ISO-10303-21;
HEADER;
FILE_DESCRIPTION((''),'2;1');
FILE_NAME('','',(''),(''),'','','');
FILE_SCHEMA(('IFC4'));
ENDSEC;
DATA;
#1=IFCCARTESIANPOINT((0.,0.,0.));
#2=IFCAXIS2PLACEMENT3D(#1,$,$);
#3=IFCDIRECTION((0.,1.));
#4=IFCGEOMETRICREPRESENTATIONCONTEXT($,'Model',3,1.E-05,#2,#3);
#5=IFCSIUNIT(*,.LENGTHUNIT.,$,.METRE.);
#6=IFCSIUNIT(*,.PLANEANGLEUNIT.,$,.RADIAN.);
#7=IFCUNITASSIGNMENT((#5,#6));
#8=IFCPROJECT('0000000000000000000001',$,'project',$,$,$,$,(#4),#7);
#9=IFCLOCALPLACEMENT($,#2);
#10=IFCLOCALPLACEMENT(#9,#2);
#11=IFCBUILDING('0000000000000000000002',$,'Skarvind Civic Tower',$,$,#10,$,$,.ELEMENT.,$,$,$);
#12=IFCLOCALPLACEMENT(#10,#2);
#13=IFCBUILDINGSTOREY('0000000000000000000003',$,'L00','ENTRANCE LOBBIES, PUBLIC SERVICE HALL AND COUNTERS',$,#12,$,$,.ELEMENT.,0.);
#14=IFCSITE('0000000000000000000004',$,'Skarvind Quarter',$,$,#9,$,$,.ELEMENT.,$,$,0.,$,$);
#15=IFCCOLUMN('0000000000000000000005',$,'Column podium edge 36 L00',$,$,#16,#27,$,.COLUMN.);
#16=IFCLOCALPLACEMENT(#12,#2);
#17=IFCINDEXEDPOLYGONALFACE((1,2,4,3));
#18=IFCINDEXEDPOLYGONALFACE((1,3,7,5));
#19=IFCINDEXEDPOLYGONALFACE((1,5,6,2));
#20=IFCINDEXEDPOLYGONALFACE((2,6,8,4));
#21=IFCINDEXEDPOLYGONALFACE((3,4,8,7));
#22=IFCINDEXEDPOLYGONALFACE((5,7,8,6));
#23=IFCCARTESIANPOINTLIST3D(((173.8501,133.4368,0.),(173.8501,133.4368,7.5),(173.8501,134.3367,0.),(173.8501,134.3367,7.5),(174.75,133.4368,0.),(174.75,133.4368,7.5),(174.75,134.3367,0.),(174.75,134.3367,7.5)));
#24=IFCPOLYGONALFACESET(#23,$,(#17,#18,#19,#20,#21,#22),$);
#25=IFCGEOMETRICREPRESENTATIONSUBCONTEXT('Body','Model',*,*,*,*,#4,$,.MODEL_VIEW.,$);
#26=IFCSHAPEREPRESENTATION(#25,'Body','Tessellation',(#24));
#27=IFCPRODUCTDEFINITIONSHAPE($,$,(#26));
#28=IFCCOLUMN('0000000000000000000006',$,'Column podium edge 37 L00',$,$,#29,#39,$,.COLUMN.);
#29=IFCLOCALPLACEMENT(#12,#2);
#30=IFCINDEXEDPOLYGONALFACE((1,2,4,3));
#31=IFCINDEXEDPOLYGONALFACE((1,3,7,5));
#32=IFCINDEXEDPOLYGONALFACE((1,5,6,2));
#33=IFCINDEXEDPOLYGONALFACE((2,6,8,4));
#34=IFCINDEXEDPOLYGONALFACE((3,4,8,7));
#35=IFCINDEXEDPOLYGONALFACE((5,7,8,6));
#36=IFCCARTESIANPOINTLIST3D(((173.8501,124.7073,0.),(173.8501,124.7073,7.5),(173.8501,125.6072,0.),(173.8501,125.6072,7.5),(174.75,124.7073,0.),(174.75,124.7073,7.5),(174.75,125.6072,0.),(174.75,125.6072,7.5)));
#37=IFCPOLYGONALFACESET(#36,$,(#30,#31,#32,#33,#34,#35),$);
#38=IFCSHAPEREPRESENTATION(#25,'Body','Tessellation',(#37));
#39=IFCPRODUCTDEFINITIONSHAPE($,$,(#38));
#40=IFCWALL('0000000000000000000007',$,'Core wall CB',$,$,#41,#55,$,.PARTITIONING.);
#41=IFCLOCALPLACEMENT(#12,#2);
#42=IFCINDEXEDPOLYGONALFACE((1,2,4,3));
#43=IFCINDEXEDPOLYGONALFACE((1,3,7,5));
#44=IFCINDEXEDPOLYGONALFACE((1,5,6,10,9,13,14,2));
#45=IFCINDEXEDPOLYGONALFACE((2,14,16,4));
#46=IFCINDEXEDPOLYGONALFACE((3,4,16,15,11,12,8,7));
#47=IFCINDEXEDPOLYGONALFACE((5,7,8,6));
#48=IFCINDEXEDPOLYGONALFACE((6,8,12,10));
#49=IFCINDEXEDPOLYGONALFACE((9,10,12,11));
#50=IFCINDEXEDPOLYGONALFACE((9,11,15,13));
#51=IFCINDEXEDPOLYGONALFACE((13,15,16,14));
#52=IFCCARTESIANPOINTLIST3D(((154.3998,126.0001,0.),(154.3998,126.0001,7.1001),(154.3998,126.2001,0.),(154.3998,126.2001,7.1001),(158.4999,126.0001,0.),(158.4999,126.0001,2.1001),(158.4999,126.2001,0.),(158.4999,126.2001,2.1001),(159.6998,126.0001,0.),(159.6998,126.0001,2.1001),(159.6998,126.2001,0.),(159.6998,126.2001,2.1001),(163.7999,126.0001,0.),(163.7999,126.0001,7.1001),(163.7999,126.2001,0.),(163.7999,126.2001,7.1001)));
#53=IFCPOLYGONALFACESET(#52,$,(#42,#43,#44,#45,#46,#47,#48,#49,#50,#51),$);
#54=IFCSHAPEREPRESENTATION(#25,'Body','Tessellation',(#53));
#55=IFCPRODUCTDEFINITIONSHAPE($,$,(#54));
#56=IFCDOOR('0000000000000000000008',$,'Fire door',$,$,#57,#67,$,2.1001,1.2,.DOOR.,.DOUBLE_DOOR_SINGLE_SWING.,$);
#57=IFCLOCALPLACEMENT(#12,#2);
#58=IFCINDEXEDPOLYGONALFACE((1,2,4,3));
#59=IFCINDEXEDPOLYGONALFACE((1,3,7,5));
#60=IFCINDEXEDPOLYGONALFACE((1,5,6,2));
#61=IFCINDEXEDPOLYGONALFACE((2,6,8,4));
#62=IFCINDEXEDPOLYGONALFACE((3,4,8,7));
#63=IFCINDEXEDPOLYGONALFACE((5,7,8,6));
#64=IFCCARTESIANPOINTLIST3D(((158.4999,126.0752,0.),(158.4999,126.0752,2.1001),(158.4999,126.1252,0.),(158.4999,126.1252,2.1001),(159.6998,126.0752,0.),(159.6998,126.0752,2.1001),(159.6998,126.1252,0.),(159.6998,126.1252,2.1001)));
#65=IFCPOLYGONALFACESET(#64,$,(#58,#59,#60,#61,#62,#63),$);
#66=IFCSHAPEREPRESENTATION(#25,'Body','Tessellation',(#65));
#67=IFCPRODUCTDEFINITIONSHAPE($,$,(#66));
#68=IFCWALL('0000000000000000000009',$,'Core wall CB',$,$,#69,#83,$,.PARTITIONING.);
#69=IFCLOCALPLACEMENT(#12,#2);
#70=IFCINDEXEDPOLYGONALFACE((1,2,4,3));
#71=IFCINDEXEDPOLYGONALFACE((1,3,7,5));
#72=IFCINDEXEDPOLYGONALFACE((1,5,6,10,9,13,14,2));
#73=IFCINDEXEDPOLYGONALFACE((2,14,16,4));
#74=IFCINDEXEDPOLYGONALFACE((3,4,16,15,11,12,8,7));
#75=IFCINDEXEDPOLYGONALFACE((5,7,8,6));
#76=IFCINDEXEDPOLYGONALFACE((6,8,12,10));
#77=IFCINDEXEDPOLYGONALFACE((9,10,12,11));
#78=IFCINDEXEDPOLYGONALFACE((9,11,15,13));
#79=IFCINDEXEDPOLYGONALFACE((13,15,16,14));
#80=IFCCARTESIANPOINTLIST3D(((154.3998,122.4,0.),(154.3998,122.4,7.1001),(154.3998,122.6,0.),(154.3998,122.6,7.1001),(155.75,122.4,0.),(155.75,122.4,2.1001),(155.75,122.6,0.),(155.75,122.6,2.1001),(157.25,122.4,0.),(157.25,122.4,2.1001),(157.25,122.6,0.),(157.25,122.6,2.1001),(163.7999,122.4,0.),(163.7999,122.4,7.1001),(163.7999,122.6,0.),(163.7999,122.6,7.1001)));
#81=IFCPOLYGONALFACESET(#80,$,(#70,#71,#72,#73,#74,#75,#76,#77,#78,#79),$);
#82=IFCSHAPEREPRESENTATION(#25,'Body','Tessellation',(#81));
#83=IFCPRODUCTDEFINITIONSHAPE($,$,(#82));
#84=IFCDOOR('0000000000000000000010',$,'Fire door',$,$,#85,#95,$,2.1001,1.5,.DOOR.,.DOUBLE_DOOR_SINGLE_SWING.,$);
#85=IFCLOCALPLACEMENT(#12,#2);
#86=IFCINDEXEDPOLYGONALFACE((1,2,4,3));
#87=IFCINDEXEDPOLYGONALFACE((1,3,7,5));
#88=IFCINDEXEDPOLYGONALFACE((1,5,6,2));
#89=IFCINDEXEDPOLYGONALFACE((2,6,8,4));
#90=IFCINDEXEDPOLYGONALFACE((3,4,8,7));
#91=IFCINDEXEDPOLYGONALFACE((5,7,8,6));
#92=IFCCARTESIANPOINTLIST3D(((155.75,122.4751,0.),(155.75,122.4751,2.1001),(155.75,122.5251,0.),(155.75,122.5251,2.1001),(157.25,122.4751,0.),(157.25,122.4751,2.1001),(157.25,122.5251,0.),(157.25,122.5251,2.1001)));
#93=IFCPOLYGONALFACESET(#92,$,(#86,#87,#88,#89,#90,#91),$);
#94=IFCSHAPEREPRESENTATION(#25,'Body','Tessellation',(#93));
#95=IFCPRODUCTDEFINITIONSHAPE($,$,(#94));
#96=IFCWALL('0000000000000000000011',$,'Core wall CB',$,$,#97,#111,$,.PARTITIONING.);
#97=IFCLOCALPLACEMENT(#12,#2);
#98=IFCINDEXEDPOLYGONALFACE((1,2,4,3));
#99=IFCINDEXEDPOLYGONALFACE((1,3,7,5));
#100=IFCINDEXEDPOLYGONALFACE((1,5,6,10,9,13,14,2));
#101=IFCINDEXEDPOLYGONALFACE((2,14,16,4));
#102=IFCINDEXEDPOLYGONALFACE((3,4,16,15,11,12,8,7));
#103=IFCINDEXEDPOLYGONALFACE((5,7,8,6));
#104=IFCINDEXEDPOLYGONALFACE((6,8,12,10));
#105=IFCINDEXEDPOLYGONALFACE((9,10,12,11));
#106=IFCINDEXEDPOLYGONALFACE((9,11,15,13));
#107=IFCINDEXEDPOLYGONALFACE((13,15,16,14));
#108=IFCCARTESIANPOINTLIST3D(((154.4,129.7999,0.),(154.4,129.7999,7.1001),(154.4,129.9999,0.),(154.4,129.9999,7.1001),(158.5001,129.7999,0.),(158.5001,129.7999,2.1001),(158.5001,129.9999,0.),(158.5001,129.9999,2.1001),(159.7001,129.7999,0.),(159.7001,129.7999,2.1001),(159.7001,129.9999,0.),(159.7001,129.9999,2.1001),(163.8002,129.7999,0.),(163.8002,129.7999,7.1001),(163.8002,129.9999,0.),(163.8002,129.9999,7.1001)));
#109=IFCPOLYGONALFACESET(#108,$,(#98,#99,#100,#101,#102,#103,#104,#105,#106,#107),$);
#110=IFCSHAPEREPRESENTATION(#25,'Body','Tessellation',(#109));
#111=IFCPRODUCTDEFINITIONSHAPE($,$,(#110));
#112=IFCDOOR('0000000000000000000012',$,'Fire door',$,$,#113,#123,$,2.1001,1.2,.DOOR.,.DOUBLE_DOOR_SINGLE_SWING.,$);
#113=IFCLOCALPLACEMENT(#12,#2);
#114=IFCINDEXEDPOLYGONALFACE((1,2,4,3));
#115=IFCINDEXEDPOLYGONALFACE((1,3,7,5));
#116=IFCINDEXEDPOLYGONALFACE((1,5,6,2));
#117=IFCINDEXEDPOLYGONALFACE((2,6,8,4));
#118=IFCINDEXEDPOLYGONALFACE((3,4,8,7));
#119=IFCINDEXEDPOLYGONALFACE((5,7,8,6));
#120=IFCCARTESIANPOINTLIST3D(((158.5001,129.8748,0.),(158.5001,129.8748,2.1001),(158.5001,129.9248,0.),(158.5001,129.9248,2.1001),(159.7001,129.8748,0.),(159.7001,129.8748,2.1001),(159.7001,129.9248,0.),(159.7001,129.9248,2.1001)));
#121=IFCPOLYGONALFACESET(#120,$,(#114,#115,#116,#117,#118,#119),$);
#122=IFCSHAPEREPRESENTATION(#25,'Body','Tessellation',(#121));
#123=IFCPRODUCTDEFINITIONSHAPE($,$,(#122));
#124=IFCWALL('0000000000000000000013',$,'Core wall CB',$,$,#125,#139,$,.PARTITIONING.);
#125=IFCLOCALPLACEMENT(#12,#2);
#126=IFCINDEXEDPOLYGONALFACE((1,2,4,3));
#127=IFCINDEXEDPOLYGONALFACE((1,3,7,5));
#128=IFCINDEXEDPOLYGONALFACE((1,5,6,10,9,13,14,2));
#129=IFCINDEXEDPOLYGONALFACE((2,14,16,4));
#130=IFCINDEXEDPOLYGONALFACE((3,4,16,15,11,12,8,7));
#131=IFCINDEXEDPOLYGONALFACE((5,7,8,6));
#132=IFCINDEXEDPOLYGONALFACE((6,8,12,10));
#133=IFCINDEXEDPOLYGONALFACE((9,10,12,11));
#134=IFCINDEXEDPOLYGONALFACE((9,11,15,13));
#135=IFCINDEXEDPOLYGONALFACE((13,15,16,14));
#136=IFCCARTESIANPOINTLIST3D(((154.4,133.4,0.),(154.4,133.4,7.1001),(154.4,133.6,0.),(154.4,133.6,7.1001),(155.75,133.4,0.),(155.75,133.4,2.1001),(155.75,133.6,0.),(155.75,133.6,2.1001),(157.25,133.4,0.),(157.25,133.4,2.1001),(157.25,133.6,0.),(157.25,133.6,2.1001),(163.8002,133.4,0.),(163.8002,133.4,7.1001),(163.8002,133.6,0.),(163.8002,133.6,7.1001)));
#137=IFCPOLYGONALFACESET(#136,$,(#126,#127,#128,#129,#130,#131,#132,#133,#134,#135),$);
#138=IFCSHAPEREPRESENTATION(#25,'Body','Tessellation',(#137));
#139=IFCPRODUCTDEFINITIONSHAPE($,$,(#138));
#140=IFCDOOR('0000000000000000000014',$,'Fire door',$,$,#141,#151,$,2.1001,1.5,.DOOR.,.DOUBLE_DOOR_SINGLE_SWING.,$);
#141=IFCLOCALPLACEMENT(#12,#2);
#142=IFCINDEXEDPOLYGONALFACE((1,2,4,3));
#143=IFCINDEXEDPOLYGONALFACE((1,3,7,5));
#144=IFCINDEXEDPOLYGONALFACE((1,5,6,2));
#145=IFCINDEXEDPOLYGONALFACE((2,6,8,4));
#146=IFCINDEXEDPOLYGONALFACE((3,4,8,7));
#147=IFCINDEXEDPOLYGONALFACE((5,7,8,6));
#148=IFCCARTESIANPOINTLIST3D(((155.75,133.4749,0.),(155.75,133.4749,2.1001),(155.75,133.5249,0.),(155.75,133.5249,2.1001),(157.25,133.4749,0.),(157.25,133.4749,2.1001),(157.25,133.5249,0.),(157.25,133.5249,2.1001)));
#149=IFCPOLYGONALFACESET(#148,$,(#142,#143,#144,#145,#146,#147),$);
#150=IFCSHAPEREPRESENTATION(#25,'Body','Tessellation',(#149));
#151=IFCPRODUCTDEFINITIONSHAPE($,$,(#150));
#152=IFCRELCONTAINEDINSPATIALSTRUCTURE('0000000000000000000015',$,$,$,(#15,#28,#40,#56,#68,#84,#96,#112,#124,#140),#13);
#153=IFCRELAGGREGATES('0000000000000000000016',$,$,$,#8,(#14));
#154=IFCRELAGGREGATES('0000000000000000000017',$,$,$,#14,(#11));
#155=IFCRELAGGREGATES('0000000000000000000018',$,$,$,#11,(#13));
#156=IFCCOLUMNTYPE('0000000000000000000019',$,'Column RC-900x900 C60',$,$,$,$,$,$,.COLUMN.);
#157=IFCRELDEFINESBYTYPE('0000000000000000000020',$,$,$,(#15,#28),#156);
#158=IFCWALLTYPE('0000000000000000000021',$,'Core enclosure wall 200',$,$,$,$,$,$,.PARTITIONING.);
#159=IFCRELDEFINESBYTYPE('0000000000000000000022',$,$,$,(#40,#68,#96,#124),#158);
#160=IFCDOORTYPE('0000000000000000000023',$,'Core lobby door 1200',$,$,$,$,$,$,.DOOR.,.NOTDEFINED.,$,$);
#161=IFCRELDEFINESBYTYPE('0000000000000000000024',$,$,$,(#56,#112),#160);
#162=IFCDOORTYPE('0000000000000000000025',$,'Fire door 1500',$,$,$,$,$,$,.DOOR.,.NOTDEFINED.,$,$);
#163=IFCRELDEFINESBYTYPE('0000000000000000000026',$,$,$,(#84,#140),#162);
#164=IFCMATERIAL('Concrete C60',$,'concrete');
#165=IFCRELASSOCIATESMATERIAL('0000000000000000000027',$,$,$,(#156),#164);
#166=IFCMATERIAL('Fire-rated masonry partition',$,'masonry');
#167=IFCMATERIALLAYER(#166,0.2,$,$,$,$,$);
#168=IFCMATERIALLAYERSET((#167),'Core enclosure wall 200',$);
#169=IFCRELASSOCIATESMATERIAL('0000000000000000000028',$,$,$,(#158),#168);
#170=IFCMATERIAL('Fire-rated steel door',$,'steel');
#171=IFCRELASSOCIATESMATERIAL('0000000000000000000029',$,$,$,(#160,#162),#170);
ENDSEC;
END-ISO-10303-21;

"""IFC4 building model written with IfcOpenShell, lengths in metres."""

from ifc_helpers import new_model, si_unit, direction, frame, frame_2d, origin, origin_2d, place, context, subcontext, project, spatial, rectangle, extrude, material, layer, layer_set, material_profile, profile_set, type_object, element, fill, save


model = new_model("IFC4")

# Units and contexts
model_context = context("Model", 3, precision=1e-05, world=origin(), true_north=direction((0.0, 1.0)))
body_context = subcontext(model_context, "Body", "Model", "MODEL_VIEW")
ifc_project = project(units=[si_unit("LENGTHUNIT", "METRE"), si_unit("PLANEANGLEUNIT", "RADIAN")], contexts=[model_context])

# Site, building, storey
site_placement = place(None, origin())
site = spatial("IfcSite", under=ifc_project, at=site_placement, Name="Skarvind Quarter", CompositionType="ELEMENT", RefElevation=0.0)
building_placement = place(site_placement, origin())
building = spatial("IfcBuilding", under=site, at=building_placement, Name="Skarvind Civic Tower", CompositionType="ELEMENT")
storey_placement = place(building_placement, origin())
storey = spatial("IfcBuildingStorey", under=building, at=storey_placement, Name="L00", Description="ENTRANCE LOBBIES, PUBLIC SERVICE HALL AND COUNTERS", CompositionType="ELEMENT", Elevation=0.0)

# Columns
ifc_material_1 = material(Name="Concrete C60", Category="concrete")
ifc_material_profile = material_profile(ifc_material_1, rectangle(XDim=0.8999, YDim=0.8999, at=origin_2d()), Name="RC-900x900")
ifc_profile_set = profile_set([ifc_material_profile], Name="Concrete C60")
column_type = type_object("IfcColumnType", Name="Column RC-900x900 C60", PredefinedType="COLUMN", material=ifc_profile_set)
for number, where, z_axis, x_axis, name in (
    (1, (174.3, 133.8867, 0.0), (0.0, 0.0, 1.0), (1.0, 0.0, 0.0), "Column podium edge 36 L00"),
    (2, (174.3, 125.1572, 0.0), (0.0, 0.0, 1.0), (1.0, 0.0, 0.0), "Column podium edge 37 L00"),
):
    element("IfcColumn", number, at=place(storey_placement, frame(where, z_axis=z_axis, x_axis=x_axis)), inside=storey, type_object=column_type, Name=name, PredefinedType="COLUMN", context=body_context, shape_type="SweptSolid", body=[
        extrude(rectangle(XDim=0.8999, YDim=0.8999, at=origin_2d()), origin(), (0.0, 0.0, 1.0), 7.5),
    ])

# Walls, openings, doors
ifc_material_2 = material(Name="Fire-rated masonry partition", Category="masonry")
ifc_layer_1 = layer(ifc_material_2, 0.2)
ifc_layer_set_1 = layer_set([ifc_layer_1], Name="Core enclosure wall 200")
wall_type_1 = type_object("IfcWallType", Name="Core enclosure wall 200", PredefinedType="PARTITIONING", material=ifc_layer_set_1)
wall_1_placement = place(storey_placement, frame((163.8, 126.1001, 0.0), z_axis=(0.0, 0.0, 1.0), x_axis=(-1.0, 0.0, 0.0)))
wall_1 = element("IfcWall", 3, at=wall_1_placement, inside=storey, type_object=wall_type_1, Name="Core wall CB", PredefinedType="PARTITIONING", context=body_context, shape_type="SweptSolid", body=[
    extrude(rectangle(XDim=9.4001, YDim=0.2, at=frame_2d((4.7002, 0.0))), origin(), (0.0, 0.0, 1.0), 7.1001),
])
opening_1_placement = place(wall_1_placement, frame((4.1001, 0.0, 0.0)))
opening_1 = element("IfcOpeningElement", 4, at=opening_1_placement, cuts=wall_1, PredefinedType="OPENING", context=body_context, shape_type="SweptSolid", body=[
    extrude(rectangle(XDim=1.2, YDim=2.1001, at=frame_2d((0.6001, 1.05))), frame((0.0, 0.1099, 0.0), z_axis=(0.0, -1.0, 0.0), x_axis=(1.0, 0.0, 0.0)), (0.0, 0.0, 1.0), 0.22),
])
ifc_material_3 = material(Name="Fire-rated steel door", Category="steel")
door_type_1 = type_object("IfcDoorType", Name="Core lobby door 1200", OperationType="NOTDEFINED", PredefinedType="DOOR", material=ifc_material_3)
door_1_placement = place(opening_1_placement, origin())
door_1 = element("IfcDoor", 5, at=door_1_placement, inside=storey, type_object=door_type_1, Name="Fire door", OperationType="DOUBLE_DOOR_SINGLE_SWING", OverallHeight=2.1001, OverallWidth=1.2, PredefinedType="DOOR", context=body_context, shape_type="SweptSolid", body=[
    extrude(rectangle(XDim=1.2, YDim=2.1001, at=frame_2d((0.6001, 1.05))), frame((0.0, 0.0249, 0.0), z_axis=(0.0, -1.0, 0.0), x_axis=(1.0, 0.0, 0.0)), (0.0, 0.0, 1.0), 0.05),
])
fill(opening_1, door_1)
wall_2_placement = place(storey_placement, frame((163.8, 122.5, 0.0), z_axis=(0.0, 0.0, 1.0), x_axis=(-1.0, 0.0, 0.0)))
wall_2 = element("IfcWall", 6, at=wall_2_placement, inside=storey, type_object=wall_type_1, Name="Core wall CB", PredefinedType="PARTITIONING", context=body_context, shape_type="SweptSolid", body=[
    extrude(rectangle(XDim=9.4001, YDim=0.2, at=frame_2d((4.7002, 0.0))), origin(), (0.0, 0.0, 1.0), 7.1001),
])
opening_2_placement = place(wall_2_placement, frame((6.55, 0.0, 0.0)))
opening_2 = element("IfcOpeningElement", 7, at=opening_2_placement, cuts=wall_2, PredefinedType="OPENING", context=body_context, shape_type="SweptSolid", body=[
    extrude(rectangle(XDim=1.5, YDim=2.1001, at=frame_2d((0.75, 1.05))), frame((0.0, 0.1099, 0.0), z_axis=(0.0, -1.0, 0.0), x_axis=(1.0, 0.0, 0.0)), (0.0, 0.0, 1.0), 0.22),
])
door_type_2 = type_object("IfcDoorType", Name="Fire door 1500", OperationType="NOTDEFINED", PredefinedType="DOOR", material=ifc_material_3)
door_2_placement = place(opening_2_placement, origin())
door_2 = element("IfcDoor", 8, at=door_2_placement, inside=storey, type_object=door_type_2, Name="Fire door", OperationType="DOUBLE_DOOR_SINGLE_SWING", OverallHeight=2.1001, OverallWidth=1.5, PredefinedType="DOOR", context=body_context, shape_type="SweptSolid", body=[
    extrude(rectangle(XDim=1.5, YDim=2.1001, at=frame_2d((0.75, 1.05))), frame((0.0, 0.0249, 0.0), z_axis=(0.0, -1.0, 0.0), x_axis=(1.0, 0.0, 0.0)), (0.0, 0.0, 1.0), 0.05),
])
fill(opening_2, door_2)
wall_3_placement = place(storey_placement, frame((154.3999, 129.8999, 0.0), z_axis=(0.0, 0.0, 1.0), x_axis=(1.0, 0.0, 0.0)))
wall_3 = element("IfcWall", 9, at=wall_3_placement, inside=storey, type_object=wall_type_1, Name="Core wall CB", PredefinedType="PARTITIONING", context=body_context, shape_type="SweptSolid", body=[
    extrude(rectangle(XDim=9.4001, YDim=0.2, at=frame_2d((4.7002, 0.0))), origin(), (0.0, 0.0, 1.0), 7.1001),
])
opening_3_placement = place(wall_3_placement, frame((4.1001, 0.0, 0.0)))
opening_3 = element("IfcOpeningElement", 10, at=opening_3_placement, cuts=wall_3, PredefinedType="OPENING", context=body_context, shape_type="SweptSolid", body=[
    extrude(rectangle(XDim=1.2, YDim=2.1001, at=frame_2d((0.6001, 1.05))), frame((0.0, 0.1099, 0.0), z_axis=(0.0, -1.0, 0.0), x_axis=(1.0, 0.0, 0.0)), (0.0, 0.0, 1.0), 0.22),
])
door_3_placement = place(opening_3_placement, origin())
door_3 = element("IfcDoor", 11, at=door_3_placement, inside=storey, type_object=door_type_1, Name="Fire door", OperationType="DOUBLE_DOOR_SINGLE_SWING", OverallHeight=2.1001, OverallWidth=1.2, PredefinedType="DOOR", context=body_context, shape_type="SweptSolid", body=[
    extrude(rectangle(XDim=1.2, YDim=2.1001, at=frame_2d((0.6001, 1.05))), frame((0.0, 0.0249, 0.0), z_axis=(0.0, -1.0, 0.0), x_axis=(1.0, 0.0, 0.0)), (0.0, 0.0, 1.0), 0.05),
])
fill(opening_3, door_3)
wall_4_placement = place(storey_placement, frame((154.3999, 133.5, 0.0), z_axis=(0.0, 0.0, 1.0), x_axis=(1.0, 0.0, 0.0)))
wall_4 = element("IfcWall", 12, at=wall_4_placement, inside=storey, type_object=wall_type_1, Name="Core wall CB", PredefinedType="PARTITIONING", context=body_context, shape_type="SweptSolid", body=[
    extrude(rectangle(XDim=9.4001, YDim=0.2, at=frame_2d((4.7002, 0.0))), origin(), (0.0, 0.0, 1.0), 7.1001),
])
opening_4_placement = place(wall_4_placement, frame((1.3501, 0.0, 0.0)))
opening_4 = element("IfcOpeningElement", 13, at=opening_4_placement, cuts=wall_4, PredefinedType="OPENING", context=body_context, shape_type="SweptSolid", body=[
    extrude(rectangle(XDim=1.5, YDim=2.1001, at=frame_2d((0.75, 1.05))), frame((0.0, 0.1099, 0.0), z_axis=(0.0, -1.0, 0.0), x_axis=(1.0, 0.0, 0.0)), (0.0, 0.0, 1.0), 0.22),
])
door_4_placement = place(opening_4_placement, origin())
door_4 = element("IfcDoor", 14, at=door_4_placement, inside=storey, type_object=door_type_2, Name="Fire door", OperationType="DOUBLE_DOOR_SINGLE_SWING", OverallHeight=2.1001, OverallWidth=1.5, PredefinedType="DOOR", context=body_context, shape_type="SweptSolid", body=[
    extrude(rectangle(XDim=1.5, YDim=2.1001, at=frame_2d((0.75, 1.05))), frame((0.0, 0.0249, 0.0), z_axis=(0.0, -1.0, 0.0), x_axis=(1.0, 0.0, 0.0)), (0.0, 0.0, 1.0), 0.05),
])
fill(opening_4, door_4)

save(model, "model.ifc")
